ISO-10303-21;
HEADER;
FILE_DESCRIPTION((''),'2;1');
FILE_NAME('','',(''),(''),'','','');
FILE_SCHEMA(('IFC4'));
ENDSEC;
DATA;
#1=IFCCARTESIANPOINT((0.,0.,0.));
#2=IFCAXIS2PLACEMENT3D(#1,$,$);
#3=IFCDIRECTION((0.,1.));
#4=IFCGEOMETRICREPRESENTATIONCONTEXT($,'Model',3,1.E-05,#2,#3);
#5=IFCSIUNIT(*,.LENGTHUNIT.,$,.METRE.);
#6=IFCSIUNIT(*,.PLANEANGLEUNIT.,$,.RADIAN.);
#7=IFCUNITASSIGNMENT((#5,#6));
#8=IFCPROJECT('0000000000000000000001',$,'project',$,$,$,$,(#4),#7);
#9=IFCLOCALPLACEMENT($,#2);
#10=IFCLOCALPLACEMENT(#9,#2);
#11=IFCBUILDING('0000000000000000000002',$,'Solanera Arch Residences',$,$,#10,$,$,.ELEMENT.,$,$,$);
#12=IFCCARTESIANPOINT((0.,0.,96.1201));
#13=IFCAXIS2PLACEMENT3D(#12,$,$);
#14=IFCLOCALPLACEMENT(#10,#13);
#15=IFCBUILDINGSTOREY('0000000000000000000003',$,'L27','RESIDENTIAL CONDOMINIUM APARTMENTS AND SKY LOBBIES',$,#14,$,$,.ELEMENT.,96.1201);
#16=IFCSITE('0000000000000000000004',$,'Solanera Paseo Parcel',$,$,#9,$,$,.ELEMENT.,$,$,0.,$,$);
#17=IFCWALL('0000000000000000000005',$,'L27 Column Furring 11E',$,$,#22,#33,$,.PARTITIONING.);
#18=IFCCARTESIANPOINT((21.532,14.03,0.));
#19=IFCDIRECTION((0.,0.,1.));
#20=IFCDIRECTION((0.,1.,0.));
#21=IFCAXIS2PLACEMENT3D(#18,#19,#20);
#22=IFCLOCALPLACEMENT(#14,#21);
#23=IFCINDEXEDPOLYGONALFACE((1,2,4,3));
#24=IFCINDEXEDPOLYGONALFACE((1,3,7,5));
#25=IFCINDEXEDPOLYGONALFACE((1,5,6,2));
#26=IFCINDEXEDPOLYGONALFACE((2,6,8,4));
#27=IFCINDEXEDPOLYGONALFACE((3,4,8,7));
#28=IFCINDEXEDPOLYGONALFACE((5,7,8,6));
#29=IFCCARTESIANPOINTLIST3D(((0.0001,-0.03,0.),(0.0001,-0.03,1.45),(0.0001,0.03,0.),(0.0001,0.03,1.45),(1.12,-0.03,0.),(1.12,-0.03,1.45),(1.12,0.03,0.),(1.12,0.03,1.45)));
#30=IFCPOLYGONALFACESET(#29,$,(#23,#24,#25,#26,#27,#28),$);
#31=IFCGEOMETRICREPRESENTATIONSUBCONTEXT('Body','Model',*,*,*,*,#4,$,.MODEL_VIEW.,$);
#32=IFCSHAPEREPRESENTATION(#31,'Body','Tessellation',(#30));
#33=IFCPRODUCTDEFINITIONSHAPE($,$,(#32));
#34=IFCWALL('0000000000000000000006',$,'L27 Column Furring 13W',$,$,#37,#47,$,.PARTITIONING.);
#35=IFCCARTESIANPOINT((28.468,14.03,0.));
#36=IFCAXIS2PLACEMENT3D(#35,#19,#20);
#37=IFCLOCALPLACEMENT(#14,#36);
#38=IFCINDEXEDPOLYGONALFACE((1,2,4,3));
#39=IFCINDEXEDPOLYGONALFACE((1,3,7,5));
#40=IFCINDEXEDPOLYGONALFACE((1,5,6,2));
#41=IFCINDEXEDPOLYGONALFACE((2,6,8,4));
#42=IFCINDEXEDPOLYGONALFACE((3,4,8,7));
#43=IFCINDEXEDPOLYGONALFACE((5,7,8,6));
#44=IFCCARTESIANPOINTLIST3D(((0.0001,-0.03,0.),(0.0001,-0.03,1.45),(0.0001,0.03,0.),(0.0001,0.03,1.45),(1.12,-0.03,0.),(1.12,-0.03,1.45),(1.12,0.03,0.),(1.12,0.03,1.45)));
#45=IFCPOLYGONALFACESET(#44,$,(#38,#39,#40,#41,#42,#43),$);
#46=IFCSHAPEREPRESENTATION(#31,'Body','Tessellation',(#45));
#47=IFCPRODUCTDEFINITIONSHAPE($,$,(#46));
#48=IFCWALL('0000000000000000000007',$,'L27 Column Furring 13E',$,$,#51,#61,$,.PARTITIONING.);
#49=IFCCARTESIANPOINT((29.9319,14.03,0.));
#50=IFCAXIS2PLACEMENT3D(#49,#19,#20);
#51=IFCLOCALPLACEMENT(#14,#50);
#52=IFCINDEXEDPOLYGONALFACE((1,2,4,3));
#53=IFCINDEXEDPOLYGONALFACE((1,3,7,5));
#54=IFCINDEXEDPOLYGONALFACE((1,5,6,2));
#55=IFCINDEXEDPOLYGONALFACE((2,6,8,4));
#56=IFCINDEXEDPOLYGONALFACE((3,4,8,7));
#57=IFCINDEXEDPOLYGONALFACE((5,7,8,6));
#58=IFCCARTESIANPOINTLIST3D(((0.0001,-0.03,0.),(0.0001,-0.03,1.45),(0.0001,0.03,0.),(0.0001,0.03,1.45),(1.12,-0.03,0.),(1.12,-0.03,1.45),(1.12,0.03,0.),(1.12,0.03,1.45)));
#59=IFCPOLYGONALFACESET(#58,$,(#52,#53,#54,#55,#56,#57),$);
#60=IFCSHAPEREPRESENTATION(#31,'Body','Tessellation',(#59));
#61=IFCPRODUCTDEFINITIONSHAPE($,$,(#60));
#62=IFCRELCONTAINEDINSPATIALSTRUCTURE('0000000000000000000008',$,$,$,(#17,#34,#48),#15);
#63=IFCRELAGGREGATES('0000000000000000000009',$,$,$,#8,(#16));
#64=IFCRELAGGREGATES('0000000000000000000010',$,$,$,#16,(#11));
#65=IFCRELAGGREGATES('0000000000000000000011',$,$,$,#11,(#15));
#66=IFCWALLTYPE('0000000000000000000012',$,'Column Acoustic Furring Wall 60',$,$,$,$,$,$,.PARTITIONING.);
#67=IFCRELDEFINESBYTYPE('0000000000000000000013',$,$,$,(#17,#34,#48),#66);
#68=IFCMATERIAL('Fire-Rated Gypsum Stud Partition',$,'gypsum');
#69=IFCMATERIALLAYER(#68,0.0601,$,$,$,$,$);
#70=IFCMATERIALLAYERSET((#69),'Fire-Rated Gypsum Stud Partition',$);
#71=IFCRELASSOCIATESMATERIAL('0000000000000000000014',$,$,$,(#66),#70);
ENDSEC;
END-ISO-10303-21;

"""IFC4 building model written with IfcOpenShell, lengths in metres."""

from ifc_helpers import new_model, si_unit, direction, frame, frame_2d, origin, place, context, subcontext, project, spatial, rectangle, extrude, material, layer, layer_set, type_object, element, save


model = new_model("IFC4")

# Units and contexts
model_context = context("Model", 3, precision=1e-05, world=origin(), true_north=direction((0.0, 1.0)))
body_context = subcontext(model_context, "Body", "Model", "MODEL_VIEW")
ifc_project = project(units=[si_unit("LENGTHUNIT", "METRE"), si_unit("PLANEANGLEUNIT", "RADIAN")], contexts=[model_context])

# Site, building, storey
site_placement = place(None, origin())
site = spatial("IfcSite", under=ifc_project, at=site_placement, Name="Solanera Paseo Parcel", CompositionType="ELEMENT", RefElevation=0.0)
building_placement = place(site_placement, origin())
building = spatial("IfcBuilding", under=site, at=building_placement, Name="Solanera Arch Residences", CompositionType="ELEMENT")
storey_placement = place(building_placement, frame((0.0, 0.0, 96.1201)))
storey = spatial("IfcBuildingStorey", under=building, at=storey_placement, Name="L27", Description="RESIDENTIAL CONDOMINIUM APARTMENTS AND SKY LOBBIES", CompositionType="ELEMENT", Elevation=96.1201)

# Walls
ifc_material_1 = material(Name="Fire-Rated Gypsum Stud Partition", Category="gypsum")
ifc_layer_1 = layer(ifc_material_1, 0.0601)
ifc_layer_set_1 = layer_set([ifc_layer_1], Name="Fire-Rated Gypsum Stud Partition")
wall_type_1 = type_object("IfcWallType", Name="Column Acoustic Furring Wall 60", PredefinedType="PARTITIONING", material=ifc_layer_set_1)
wall_1_placement = place(storey_placement, frame((21.532, 14.03, 0.0), z_axis=(0.0, 0.0, 1.0), x_axis=(0.0, 1.0, 0.0)))
element("IfcWall", 1, at=wall_1_placement, inside=storey, type_object=wall_type_1, Name="L27 Column Furring 11E", PredefinedType="PARTITIONING", context=body_context, shape_type="SweptSolid", body=[
    extrude(rectangle(XDim=1.1199, YDim=0.0601, at=frame_2d((0.5601, 0.0))), origin(), (0.0, 0.0, 1.0), 1.45),
])
for number, where, z_axis, x_axis, name in (
    (2, (28.468, 14.03, 0.0), (0.0, 0.0, 1.0), (0.0, 1.0, 0.0), "L27 Column Furring 13W"),
    (3, (29.9319, 14.03, 0.0), (0.0, 0.0, 1.0), (0.0, 1.0, 0.0), "L27 Column Furring 13E"),
):
    element("IfcWall", number, at=place(storey_placement, frame(where, z_axis=z_axis, x_axis=x_axis)), inside=storey, type_object=wall_type_1, Name=name, PredefinedType="PARTITIONING", context=body_context, shape_type="SweptSolid", body=[
        extrude(rectangle(XDim=1.1199, YDim=0.0601, at=frame_2d((0.5601, 0.0))), origin(), (0.0, 0.0, 1.0), 1.45),
    ])

save(model, "model.ifc")
